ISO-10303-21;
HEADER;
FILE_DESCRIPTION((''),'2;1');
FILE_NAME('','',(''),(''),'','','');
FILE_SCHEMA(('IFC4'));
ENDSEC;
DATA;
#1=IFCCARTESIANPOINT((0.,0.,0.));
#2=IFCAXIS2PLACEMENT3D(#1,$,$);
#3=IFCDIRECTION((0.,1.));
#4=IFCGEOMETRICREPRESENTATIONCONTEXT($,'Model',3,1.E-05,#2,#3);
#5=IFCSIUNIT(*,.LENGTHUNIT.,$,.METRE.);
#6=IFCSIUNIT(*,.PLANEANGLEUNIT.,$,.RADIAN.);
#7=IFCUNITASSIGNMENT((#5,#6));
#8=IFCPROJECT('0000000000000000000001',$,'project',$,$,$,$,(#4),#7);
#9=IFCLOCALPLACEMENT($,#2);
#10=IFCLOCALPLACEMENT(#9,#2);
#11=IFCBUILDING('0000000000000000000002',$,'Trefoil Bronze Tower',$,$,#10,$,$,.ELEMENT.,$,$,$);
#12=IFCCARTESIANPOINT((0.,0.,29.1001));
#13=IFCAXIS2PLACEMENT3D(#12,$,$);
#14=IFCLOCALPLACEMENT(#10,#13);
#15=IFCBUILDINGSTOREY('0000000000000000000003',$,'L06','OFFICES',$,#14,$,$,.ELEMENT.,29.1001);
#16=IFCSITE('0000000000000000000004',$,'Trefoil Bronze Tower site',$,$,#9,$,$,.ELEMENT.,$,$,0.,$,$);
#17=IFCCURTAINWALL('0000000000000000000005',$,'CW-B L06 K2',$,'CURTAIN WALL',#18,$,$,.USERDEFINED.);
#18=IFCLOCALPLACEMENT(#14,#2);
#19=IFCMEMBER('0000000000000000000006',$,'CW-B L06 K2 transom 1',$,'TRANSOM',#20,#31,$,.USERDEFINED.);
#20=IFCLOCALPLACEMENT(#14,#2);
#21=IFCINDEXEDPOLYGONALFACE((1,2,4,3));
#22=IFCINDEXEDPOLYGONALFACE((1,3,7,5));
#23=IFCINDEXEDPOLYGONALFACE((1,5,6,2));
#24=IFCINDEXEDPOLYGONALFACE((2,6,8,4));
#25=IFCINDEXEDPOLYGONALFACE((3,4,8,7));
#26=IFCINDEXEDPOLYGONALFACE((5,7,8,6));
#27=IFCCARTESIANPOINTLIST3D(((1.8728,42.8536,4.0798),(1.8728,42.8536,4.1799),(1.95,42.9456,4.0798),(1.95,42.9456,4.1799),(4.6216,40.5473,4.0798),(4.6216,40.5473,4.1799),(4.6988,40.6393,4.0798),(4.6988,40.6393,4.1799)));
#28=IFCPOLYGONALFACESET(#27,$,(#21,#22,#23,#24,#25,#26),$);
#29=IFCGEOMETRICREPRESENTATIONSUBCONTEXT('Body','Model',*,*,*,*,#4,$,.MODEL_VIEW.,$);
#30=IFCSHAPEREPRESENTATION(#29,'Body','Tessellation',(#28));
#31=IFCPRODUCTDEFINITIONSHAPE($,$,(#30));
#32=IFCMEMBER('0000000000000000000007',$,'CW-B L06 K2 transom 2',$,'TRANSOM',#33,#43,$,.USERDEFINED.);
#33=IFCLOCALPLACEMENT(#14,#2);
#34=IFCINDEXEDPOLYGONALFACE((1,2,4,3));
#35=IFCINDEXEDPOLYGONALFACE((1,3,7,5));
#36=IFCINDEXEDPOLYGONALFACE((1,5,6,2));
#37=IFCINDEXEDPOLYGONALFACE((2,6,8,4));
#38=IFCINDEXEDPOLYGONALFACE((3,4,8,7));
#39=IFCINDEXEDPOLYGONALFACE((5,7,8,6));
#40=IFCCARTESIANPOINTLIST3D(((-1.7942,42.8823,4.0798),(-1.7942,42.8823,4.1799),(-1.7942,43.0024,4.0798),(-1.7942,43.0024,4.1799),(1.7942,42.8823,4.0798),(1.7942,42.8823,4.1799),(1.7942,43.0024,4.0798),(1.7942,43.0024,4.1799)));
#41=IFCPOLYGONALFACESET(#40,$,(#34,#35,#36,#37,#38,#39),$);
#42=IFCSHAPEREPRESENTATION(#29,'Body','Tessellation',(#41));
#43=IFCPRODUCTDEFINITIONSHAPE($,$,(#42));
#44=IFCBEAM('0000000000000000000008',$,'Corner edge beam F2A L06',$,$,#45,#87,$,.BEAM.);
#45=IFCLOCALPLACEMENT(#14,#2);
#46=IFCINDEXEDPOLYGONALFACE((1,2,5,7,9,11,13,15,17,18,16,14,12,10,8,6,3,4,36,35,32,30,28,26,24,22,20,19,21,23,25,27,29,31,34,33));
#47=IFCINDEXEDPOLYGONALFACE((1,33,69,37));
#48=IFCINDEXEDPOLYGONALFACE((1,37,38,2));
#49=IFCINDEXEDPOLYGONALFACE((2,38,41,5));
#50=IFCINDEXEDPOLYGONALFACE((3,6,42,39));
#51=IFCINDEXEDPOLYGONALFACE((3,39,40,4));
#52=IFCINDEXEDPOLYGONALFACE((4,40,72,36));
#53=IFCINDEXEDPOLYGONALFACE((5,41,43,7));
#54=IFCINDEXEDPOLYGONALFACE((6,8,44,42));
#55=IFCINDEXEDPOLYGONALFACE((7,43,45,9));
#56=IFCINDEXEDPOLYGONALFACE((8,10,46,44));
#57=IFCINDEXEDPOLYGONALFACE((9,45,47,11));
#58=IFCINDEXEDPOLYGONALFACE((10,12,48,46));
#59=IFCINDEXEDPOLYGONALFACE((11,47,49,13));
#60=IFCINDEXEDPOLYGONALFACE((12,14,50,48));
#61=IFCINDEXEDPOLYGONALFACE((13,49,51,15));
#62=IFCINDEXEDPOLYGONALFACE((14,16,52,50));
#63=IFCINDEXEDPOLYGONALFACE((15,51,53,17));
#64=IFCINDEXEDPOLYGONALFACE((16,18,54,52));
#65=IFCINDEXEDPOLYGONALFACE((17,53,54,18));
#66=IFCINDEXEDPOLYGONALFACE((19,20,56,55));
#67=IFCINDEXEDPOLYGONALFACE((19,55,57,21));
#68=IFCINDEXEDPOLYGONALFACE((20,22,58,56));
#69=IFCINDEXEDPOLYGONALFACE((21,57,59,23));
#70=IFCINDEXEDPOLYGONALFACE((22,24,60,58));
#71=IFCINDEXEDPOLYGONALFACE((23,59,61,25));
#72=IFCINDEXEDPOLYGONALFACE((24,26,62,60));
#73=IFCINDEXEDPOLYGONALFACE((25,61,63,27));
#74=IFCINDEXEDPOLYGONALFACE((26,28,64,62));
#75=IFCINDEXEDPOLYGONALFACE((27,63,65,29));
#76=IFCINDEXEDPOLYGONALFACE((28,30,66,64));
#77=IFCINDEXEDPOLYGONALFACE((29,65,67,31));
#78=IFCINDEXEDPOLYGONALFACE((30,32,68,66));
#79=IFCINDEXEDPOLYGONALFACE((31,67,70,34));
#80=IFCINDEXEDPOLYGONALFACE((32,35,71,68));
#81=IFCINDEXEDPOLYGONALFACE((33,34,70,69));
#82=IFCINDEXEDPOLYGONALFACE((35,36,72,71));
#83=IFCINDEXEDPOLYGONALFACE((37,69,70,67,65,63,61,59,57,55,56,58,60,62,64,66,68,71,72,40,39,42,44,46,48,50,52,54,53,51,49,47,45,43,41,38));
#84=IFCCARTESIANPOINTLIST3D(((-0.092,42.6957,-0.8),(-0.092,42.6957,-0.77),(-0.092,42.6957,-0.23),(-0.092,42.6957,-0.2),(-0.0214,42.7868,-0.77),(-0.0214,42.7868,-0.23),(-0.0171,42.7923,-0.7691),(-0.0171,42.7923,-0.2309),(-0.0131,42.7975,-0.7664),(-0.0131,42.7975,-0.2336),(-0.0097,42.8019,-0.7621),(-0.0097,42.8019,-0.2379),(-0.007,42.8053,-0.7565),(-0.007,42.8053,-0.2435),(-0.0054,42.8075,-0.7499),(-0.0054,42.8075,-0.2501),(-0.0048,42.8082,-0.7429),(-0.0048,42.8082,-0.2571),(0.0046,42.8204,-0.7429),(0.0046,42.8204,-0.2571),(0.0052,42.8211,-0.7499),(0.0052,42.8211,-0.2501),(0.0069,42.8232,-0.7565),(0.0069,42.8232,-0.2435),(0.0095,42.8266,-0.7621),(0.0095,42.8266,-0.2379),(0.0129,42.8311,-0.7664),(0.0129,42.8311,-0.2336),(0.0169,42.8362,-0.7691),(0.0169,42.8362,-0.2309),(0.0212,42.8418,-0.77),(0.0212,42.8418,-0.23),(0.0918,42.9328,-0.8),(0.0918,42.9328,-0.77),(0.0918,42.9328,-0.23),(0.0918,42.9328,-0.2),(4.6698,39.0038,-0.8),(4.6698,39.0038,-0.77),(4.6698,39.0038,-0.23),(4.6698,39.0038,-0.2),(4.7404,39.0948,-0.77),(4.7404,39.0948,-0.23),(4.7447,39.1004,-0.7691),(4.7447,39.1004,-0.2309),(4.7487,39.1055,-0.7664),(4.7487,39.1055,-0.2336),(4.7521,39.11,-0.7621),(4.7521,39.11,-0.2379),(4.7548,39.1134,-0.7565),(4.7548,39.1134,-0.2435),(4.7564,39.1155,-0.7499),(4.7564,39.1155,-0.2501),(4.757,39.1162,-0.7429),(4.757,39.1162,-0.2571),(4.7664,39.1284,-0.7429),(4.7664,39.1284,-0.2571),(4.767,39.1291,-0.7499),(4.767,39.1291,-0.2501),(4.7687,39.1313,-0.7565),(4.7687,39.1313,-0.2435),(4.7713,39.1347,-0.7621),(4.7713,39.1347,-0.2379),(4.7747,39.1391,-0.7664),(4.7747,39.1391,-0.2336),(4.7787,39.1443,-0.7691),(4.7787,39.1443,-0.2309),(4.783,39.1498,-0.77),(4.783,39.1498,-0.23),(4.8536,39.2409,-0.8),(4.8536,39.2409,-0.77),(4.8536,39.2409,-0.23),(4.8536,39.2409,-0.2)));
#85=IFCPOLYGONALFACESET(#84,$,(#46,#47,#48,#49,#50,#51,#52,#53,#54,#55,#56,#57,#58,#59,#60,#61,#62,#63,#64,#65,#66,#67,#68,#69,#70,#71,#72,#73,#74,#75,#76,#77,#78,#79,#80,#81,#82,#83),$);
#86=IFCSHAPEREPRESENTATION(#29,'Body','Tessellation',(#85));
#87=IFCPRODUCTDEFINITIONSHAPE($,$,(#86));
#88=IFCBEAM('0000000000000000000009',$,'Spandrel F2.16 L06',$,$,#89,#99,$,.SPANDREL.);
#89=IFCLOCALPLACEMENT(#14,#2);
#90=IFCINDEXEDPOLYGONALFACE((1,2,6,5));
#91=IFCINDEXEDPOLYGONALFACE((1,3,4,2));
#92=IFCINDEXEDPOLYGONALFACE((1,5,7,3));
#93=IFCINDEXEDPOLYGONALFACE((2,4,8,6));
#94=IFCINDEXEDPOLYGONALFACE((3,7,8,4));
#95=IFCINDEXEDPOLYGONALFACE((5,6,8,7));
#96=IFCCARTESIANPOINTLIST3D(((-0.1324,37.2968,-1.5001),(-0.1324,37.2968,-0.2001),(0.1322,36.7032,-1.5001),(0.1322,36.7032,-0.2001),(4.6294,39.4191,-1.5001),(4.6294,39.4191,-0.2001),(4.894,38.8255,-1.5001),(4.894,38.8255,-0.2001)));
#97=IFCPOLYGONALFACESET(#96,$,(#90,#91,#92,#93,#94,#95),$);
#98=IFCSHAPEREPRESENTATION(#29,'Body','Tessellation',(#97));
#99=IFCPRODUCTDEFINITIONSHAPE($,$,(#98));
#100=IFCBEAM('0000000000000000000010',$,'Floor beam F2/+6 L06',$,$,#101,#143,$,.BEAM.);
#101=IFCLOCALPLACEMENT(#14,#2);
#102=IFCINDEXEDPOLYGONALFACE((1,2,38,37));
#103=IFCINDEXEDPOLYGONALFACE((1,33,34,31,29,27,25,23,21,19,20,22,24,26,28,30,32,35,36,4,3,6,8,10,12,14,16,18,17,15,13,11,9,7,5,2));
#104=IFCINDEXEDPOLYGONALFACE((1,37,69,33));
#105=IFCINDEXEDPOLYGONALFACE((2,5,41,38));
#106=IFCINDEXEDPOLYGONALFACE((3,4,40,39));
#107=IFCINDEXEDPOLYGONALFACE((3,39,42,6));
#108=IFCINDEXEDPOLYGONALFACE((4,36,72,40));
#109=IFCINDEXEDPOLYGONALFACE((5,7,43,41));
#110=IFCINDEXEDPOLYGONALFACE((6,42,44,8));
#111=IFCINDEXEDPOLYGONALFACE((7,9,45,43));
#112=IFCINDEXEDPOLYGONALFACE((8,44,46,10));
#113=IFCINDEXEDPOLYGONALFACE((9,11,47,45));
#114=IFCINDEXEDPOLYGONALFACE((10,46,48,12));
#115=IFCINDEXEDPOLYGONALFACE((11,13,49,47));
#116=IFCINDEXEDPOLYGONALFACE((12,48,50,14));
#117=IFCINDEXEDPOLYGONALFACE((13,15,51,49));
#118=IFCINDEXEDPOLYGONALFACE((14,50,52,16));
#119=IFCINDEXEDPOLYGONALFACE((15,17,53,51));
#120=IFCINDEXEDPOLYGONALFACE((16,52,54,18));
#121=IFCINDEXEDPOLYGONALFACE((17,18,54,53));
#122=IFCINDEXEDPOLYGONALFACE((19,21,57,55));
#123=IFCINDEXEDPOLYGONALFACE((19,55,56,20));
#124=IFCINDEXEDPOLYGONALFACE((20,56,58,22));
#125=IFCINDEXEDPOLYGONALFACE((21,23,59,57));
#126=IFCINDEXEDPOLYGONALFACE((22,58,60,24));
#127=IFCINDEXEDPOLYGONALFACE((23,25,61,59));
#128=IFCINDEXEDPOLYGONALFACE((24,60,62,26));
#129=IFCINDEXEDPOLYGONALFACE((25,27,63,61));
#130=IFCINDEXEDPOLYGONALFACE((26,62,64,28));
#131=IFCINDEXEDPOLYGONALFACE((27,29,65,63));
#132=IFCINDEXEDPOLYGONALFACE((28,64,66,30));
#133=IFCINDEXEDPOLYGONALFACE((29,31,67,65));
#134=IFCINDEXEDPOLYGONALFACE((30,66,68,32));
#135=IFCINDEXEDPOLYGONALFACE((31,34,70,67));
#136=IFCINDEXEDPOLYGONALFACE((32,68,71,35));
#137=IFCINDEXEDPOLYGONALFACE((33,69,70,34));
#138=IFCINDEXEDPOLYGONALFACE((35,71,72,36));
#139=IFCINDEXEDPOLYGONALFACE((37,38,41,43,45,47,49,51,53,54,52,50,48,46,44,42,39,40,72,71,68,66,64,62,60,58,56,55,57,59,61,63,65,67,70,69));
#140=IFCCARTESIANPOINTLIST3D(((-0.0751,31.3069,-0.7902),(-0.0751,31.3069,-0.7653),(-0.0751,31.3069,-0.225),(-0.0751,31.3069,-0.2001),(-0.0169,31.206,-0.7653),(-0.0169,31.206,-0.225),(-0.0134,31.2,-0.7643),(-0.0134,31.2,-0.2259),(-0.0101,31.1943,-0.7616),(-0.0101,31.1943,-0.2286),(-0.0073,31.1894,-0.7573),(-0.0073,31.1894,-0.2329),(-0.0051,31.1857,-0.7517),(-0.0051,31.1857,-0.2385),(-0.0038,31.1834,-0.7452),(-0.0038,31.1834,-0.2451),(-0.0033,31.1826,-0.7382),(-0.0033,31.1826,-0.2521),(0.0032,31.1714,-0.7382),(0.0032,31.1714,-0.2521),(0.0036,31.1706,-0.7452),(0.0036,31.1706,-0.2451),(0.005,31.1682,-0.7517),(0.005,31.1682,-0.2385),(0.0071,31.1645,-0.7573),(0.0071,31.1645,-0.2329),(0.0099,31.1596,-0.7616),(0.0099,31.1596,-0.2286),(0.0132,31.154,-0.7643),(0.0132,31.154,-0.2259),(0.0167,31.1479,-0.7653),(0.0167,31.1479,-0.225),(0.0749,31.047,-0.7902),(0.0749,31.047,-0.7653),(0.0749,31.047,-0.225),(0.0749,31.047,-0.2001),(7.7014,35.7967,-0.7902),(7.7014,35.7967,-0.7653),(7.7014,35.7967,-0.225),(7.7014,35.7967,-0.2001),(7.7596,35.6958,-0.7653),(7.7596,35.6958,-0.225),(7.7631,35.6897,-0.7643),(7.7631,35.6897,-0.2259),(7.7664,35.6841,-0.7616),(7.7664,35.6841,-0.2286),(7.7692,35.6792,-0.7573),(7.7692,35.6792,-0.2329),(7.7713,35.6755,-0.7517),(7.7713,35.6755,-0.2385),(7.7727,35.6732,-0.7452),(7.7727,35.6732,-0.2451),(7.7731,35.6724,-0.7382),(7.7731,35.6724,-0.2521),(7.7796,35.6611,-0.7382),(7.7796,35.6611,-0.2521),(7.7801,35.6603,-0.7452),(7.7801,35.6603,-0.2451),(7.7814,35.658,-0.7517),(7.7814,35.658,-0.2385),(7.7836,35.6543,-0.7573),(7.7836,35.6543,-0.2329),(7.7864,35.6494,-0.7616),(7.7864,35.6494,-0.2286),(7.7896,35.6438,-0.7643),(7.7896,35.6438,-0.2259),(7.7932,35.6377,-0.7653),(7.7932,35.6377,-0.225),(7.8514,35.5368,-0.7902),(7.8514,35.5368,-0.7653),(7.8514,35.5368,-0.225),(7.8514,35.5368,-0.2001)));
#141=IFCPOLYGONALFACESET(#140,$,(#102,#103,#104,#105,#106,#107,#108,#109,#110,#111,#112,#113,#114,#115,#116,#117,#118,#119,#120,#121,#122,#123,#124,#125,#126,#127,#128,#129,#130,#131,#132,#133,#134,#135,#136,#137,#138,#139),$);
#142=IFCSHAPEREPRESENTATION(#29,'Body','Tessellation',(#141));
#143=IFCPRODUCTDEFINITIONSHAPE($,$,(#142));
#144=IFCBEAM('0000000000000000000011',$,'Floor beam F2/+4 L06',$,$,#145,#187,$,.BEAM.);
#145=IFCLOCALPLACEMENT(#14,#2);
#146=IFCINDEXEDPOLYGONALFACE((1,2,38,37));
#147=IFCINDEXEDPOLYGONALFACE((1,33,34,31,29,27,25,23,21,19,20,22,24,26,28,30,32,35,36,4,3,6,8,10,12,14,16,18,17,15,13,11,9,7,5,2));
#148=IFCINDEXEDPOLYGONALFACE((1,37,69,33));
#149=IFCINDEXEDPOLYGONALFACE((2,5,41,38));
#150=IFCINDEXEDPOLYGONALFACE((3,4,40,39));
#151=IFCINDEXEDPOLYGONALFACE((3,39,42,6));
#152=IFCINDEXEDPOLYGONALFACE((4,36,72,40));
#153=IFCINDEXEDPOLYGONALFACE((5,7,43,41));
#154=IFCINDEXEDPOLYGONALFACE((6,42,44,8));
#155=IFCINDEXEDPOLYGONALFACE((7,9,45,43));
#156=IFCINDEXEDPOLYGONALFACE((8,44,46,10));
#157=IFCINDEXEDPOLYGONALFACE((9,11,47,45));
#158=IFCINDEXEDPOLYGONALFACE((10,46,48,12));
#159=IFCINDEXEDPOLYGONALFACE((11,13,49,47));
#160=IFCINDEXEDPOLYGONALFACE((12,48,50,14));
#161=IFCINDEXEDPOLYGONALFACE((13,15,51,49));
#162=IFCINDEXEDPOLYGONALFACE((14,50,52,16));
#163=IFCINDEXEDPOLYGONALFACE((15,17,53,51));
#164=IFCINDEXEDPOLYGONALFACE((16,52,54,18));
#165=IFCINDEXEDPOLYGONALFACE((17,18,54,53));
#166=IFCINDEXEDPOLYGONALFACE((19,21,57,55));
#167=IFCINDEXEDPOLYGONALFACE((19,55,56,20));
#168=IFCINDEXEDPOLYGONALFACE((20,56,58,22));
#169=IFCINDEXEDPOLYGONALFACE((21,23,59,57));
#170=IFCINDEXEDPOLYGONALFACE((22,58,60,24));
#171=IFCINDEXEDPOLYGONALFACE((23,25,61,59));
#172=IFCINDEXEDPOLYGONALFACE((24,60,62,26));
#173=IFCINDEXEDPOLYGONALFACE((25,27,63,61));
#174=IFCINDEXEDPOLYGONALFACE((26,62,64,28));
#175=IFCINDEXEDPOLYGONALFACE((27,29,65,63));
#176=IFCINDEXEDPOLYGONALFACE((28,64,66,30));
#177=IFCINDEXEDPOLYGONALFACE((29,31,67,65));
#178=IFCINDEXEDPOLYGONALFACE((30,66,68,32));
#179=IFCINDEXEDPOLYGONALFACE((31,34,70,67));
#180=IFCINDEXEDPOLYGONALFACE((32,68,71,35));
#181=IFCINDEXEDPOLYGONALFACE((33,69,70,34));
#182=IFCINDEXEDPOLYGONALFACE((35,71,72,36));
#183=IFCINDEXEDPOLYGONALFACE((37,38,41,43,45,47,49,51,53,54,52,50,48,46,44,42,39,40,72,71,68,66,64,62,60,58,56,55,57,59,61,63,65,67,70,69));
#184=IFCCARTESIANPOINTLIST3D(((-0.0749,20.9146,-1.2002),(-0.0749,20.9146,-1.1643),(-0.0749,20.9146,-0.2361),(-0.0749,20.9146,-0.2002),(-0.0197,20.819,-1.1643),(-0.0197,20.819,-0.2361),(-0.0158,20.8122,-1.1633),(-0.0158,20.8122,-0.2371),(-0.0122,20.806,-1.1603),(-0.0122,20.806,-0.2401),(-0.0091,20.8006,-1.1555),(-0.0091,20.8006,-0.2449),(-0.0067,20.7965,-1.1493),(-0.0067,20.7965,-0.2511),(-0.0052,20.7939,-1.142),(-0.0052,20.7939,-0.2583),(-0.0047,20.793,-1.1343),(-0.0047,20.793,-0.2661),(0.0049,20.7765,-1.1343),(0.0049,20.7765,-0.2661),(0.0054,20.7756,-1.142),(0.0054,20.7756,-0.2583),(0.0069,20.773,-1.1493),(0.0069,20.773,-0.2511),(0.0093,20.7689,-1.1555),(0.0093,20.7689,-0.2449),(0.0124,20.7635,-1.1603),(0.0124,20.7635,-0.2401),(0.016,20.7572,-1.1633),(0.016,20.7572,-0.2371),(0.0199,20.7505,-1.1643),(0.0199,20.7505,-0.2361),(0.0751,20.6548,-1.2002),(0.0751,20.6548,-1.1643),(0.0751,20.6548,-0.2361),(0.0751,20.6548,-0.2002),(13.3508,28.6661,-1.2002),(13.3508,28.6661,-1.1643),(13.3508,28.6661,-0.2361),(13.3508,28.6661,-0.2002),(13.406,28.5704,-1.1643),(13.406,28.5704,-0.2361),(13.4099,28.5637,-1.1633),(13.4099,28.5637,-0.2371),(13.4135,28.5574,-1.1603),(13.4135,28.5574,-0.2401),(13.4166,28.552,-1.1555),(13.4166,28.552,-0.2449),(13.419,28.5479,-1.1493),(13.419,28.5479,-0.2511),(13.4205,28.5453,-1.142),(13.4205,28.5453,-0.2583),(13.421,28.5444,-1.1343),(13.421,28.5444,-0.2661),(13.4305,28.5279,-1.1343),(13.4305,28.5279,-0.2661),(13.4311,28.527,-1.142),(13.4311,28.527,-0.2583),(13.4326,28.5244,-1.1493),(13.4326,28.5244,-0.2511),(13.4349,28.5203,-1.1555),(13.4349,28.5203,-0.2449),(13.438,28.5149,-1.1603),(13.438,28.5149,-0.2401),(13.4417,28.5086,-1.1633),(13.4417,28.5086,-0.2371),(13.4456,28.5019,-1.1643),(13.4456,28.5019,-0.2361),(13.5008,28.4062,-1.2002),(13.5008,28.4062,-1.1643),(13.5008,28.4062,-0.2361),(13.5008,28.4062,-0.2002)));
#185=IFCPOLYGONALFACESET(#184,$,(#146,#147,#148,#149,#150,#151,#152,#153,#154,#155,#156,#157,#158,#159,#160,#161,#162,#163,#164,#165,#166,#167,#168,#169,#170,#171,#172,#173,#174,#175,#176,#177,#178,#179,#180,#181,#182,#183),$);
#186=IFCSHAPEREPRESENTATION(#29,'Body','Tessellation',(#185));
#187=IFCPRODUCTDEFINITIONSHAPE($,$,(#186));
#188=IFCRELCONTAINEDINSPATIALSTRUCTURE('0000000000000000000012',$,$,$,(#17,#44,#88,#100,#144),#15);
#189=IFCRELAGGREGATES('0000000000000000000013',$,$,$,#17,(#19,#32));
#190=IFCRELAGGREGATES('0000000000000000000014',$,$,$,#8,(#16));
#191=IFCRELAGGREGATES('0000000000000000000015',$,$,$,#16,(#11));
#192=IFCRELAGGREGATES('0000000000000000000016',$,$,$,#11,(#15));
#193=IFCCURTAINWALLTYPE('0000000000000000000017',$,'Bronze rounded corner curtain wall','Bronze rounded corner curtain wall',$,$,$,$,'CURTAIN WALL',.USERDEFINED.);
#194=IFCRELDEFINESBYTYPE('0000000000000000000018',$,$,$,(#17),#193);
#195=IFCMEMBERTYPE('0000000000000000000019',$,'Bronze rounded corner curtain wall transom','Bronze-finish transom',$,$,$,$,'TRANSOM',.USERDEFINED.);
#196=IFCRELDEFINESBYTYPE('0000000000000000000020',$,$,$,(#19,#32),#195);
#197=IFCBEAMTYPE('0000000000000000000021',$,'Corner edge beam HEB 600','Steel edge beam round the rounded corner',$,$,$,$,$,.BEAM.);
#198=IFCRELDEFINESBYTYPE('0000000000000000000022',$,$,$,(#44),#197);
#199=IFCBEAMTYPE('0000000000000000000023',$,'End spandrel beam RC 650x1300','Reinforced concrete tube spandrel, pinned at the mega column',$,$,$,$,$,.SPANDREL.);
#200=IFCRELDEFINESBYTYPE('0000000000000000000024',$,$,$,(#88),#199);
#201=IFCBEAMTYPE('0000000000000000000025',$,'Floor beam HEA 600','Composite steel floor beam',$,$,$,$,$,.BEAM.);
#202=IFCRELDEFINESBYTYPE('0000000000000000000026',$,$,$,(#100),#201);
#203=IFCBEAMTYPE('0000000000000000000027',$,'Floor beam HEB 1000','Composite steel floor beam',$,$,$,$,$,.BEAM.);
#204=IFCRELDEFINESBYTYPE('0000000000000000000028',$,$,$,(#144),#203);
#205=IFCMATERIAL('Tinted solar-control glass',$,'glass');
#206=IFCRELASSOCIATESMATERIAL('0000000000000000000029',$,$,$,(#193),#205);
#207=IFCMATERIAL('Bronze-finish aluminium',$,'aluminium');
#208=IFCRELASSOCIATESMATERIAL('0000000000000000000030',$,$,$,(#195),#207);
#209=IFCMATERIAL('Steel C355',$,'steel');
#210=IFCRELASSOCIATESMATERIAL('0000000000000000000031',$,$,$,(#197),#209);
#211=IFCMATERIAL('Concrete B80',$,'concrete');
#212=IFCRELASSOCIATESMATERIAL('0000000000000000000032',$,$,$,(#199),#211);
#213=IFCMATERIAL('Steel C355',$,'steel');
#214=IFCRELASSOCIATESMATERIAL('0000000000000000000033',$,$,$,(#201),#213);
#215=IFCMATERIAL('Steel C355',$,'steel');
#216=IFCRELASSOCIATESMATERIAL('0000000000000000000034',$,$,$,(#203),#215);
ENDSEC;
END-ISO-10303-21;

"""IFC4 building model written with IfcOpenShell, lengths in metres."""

from ifc_helpers import new_model, si_unit, direction, frame, origin, origin_2d, place, context, subcontext, project, spatial, rectangle, i_section, extrude, material, material_profile, profile_set, type_object, element, aggregate, save


model = new_model("IFC4")

# Units and contexts
model_context = context("Model", 3, precision=1e-05, world=origin(), true_north=direction((0.0, 1.0)))
body_context = subcontext(model_context, "Body", "Model", "MODEL_VIEW")
ifc_project = project(units=[si_unit("LENGTHUNIT", "METRE"), si_unit("PLANEANGLEUNIT", "RADIAN")], contexts=[model_context])

# Site, building, storey
site_placement = place(None, origin())
site = spatial("IfcSite", under=ifc_project, at=site_placement, Name="Trefoil Bronze Tower site", CompositionType="ELEMENT", RefElevation=0.0)
building_placement = place(site_placement, origin())
building = spatial("IfcBuilding", under=site, at=building_placement, Name="Trefoil Bronze Tower", CompositionType="ELEMENT")
storey_placement = place(building_placement, frame((0.0, 0.0, 29.1001)))
storey = spatial("IfcBuildingStorey", under=building, at=storey_placement, Name="L06", Description="OFFICES", CompositionType="ELEMENT", Elevation=29.1001)

# Curtain wall, members
ifc_material_1 = material(Name="Tinted solar-control glass", Category="glass")
curtain_wall_type_1 = type_object("IfcCurtainWallType", Name="Bronze rounded corner curtain wall", Description="Bronze rounded corner curtain wall", ElementType="CURTAIN WALL", PredefinedType="USERDEFINED", material=ifc_material_1)
curtain_wall_1_placement = place(storey_placement, origin())
curtain_wall_1 = element("IfcCurtainWall", 1, at=curtain_wall_1_placement, inside=storey, type_object=curtain_wall_type_1, Name="CW-B L06 K2", ObjectType="CURTAIN WALL", PredefinedType="USERDEFINED")
ifc_material_2 = material(Name="Bronze-finish aluminium", Category="aluminium")
ifc_material_profile_1 = material_profile(ifc_material_2, rectangle(XDim=0.1201, YDim=0.1001, at=origin_2d()), Name="CW-B transom")
ifc_profile_set_1 = profile_set([ifc_material_profile_1], Name="Bronze-finish aluminium")
member_type_1 = type_object("IfcMemberType", Name="Bronze rounded corner curtain wall transom", Description="Bronze-finish transom", ElementType="TRANSOM", PredefinedType="USERDEFINED", material=ifc_profile_set_1)
member_1_placement = place(storey_placement, frame((4.6602, 40.5933, 4.1299), z_axis=(-0.766059, 0.642771, 0.0), x_axis=(-0.642771, -0.766059, 0.0)))
member_1 = element("IfcMember", 2, at=member_1_placement, type_object=member_type_1, Name="CW-B L06 K2 transom 1", ObjectType="TRANSOM", PredefinedType="USERDEFINED", context=body_context, shape_type="SweptSolid", body=[
    extrude(rectangle(XDim=0.1201, YDim=0.1001, at=origin_2d()), origin(), (0.0, 0.0, 1.0), 3.5881),
])
member_2_placement = place(storey_placement, frame((1.7942, 42.9424, 4.1299), z_axis=(-1.0, 0.0, 0.0), x_axis=(0.0, -1.0, 0.0)))
member_2 = element("IfcMember", 3, at=member_2_placement, type_object=member_type_1, Name="CW-B L06 K2 transom 2", ObjectType="TRANSOM", PredefinedType="USERDEFINED", context=body_context, shape_type="SweptSolid", body=[
    extrude(rectangle(XDim=0.1201, YDim=0.1001, at=origin_2d()), origin(), (0.0, 0.0, 1.0), 3.5884),
])

# Beams
ifc_material_3 = material(Name="Steel C355", Category="steel")
ifc_material_profile_2 = material_profile(ifc_material_3, i_section(OverallWidth=0.3, OverallDepth=0.6001, WebThickness=0.0154, FlangeThickness=0.03, FilletRadius=0.0271, at=origin_2d()), Name="HEB 600")
ifc_profile_set_2 = profile_set([ifc_material_profile_2], Name="Steel C355")
beam_type_1 = type_object("IfcBeamType", Name="Corner edge beam HEB 600", Description="Steel edge beam round the rounded corner", PredefinedType="BEAM", material=ifc_profile_set_2)
beam_1_placement = place(storey_placement, frame((4.7617, 39.1223, -0.5), z_axis=(-0.790289, 0.612734, 0.0), x_axis=(-0.612734, -0.790289, 0.0)))
element("IfcBeam", 4, at=beam_1_placement, inside=storey, type_object=beam_type_1, Name="Corner edge beam F2A L06", PredefinedType="BEAM", context=body_context, shape_type="SweptSolid", body=[
    extrude(i_section(OverallWidth=0.3, OverallDepth=0.6001, WebThickness=0.0154, FlangeThickness=0.03, FilletRadius=0.0271, at=origin_2d()), origin(), (0.0, 0.0, 1.0), 6.0254),
])
ifc_material_4 = material(Name="Concrete B80", Category="concrete")
ifc_material_profile_3 = material_profile(ifc_material_4, rectangle(XDim=0.6499, YDim=1.3, at=origin_2d()), Name="RC 650x1300")
ifc_profile_set_3 = profile_set([ifc_material_profile_3], Name="Concrete B80")
beam_type_2 = type_object("IfcBeamType", Name="End spandrel beam RC 650x1300", Description="Reinforced concrete tube spandrel, pinned at the mega column", PredefinedType="SPANDREL", material=ifc_profile_set_3)
beam_2_placement = place(storey_placement, frame((4.7617, 39.1223, -0.8501), z_axis=(-0.913384, -0.407099, 0.0), x_axis=(0.407099, -0.913384, 0.0)))
element("IfcBeam", 5, at=beam_2_placement, inside=storey, type_object=beam_type_2, Name="Spandrel F2.16 L06", PredefinedType="SPANDREL", context=body_context, shape_type="SweptSolid", body=[
    extrude(rectangle(XDim=0.6499, YDim=1.3, at=origin_2d()), origin(), (0.0, 0.0, 1.0), 5.2134),
])
ifc_material_5 = material(Name="Steel C355", Category="steel")
ifc_material_profile_4 = material_profile(ifc_material_5, i_section(OverallWidth=0.3, OverallDepth=0.5901, WebThickness=0.0129, FlangeThickness=0.0249, FilletRadius=0.0271, at=origin_2d()), Name="HEA 600")
ifc_profile_set_4 = profile_set([ifc_material_profile_4], Name="Steel C355")
beam_type_3 = type_object("IfcBeamType", Name="Floor beam HEA 600", Description="Composite steel floor beam", PredefinedType="BEAM", material=ifc_profile_set_4)
beam_3_placement = place(storey_placement, frame((7.7764, 35.6667, -0.4951), z_axis=(-0.866023, -0.500005, 0.0), x_axis=(0.500005, -0.866023, 0.0)))
element("IfcBeam", 6, at=beam_3_placement, inside=storey, type_object=beam_type_3, Name="Floor beam F2/+6 L06", PredefinedType="BEAM", context=body_context, shape_type="SweptSolid", body=[
    extrude(i_section(OverallWidth=0.3, OverallDepth=0.5901, WebThickness=0.0129, FlangeThickness=0.0249, FilletRadius=0.0271, at=origin_2d()), origin(), (0.0, 0.0, 1.0), 8.9795),
])
ifc_material_6 = material(Name="Steel C355", Category="steel")
ifc_material_profile_5 = material_profile(ifc_material_6, i_section(OverallWidth=0.3, OverallDepth=1.0, WebThickness=0.019, FlangeThickness=0.0359, FilletRadius=0.03, at=origin_2d()), Name="HEB 1000")
ifc_profile_set_5 = profile_set([ifc_material_profile_5], Name="Steel C355")
beam_type_4 = type_object("IfcBeamType", Name="Floor beam HEB 1000", Description="Composite steel floor beam", PredefinedType="BEAM", material=ifc_profile_set_5)
beam_4_placement = place(storey_placement, frame((13.4258, 28.5361, -0.7002), z_axis=(-0.866023, -0.500004, 0.0), x_axis=(0.500004, -0.866023, 0.0)))
element("IfcBeam", 7, at=beam_4_placement, inside=storey, type_object=beam_type_4, Name="Floor beam F2/+4 L06", PredefinedType="BEAM", context=body_context, shape_type="SweptSolid", body=[
    extrude(i_section(OverallWidth=0.3, OverallDepth=1.0, WebThickness=0.019, FlangeThickness=0.0359, FilletRadius=0.03, at=origin_2d()), origin(), (0.0, 0.0, 1.0), 15.5027),
])

aggregate(curtain_wall_1, [member_1, member_2])

save(model, "model.ifc")
